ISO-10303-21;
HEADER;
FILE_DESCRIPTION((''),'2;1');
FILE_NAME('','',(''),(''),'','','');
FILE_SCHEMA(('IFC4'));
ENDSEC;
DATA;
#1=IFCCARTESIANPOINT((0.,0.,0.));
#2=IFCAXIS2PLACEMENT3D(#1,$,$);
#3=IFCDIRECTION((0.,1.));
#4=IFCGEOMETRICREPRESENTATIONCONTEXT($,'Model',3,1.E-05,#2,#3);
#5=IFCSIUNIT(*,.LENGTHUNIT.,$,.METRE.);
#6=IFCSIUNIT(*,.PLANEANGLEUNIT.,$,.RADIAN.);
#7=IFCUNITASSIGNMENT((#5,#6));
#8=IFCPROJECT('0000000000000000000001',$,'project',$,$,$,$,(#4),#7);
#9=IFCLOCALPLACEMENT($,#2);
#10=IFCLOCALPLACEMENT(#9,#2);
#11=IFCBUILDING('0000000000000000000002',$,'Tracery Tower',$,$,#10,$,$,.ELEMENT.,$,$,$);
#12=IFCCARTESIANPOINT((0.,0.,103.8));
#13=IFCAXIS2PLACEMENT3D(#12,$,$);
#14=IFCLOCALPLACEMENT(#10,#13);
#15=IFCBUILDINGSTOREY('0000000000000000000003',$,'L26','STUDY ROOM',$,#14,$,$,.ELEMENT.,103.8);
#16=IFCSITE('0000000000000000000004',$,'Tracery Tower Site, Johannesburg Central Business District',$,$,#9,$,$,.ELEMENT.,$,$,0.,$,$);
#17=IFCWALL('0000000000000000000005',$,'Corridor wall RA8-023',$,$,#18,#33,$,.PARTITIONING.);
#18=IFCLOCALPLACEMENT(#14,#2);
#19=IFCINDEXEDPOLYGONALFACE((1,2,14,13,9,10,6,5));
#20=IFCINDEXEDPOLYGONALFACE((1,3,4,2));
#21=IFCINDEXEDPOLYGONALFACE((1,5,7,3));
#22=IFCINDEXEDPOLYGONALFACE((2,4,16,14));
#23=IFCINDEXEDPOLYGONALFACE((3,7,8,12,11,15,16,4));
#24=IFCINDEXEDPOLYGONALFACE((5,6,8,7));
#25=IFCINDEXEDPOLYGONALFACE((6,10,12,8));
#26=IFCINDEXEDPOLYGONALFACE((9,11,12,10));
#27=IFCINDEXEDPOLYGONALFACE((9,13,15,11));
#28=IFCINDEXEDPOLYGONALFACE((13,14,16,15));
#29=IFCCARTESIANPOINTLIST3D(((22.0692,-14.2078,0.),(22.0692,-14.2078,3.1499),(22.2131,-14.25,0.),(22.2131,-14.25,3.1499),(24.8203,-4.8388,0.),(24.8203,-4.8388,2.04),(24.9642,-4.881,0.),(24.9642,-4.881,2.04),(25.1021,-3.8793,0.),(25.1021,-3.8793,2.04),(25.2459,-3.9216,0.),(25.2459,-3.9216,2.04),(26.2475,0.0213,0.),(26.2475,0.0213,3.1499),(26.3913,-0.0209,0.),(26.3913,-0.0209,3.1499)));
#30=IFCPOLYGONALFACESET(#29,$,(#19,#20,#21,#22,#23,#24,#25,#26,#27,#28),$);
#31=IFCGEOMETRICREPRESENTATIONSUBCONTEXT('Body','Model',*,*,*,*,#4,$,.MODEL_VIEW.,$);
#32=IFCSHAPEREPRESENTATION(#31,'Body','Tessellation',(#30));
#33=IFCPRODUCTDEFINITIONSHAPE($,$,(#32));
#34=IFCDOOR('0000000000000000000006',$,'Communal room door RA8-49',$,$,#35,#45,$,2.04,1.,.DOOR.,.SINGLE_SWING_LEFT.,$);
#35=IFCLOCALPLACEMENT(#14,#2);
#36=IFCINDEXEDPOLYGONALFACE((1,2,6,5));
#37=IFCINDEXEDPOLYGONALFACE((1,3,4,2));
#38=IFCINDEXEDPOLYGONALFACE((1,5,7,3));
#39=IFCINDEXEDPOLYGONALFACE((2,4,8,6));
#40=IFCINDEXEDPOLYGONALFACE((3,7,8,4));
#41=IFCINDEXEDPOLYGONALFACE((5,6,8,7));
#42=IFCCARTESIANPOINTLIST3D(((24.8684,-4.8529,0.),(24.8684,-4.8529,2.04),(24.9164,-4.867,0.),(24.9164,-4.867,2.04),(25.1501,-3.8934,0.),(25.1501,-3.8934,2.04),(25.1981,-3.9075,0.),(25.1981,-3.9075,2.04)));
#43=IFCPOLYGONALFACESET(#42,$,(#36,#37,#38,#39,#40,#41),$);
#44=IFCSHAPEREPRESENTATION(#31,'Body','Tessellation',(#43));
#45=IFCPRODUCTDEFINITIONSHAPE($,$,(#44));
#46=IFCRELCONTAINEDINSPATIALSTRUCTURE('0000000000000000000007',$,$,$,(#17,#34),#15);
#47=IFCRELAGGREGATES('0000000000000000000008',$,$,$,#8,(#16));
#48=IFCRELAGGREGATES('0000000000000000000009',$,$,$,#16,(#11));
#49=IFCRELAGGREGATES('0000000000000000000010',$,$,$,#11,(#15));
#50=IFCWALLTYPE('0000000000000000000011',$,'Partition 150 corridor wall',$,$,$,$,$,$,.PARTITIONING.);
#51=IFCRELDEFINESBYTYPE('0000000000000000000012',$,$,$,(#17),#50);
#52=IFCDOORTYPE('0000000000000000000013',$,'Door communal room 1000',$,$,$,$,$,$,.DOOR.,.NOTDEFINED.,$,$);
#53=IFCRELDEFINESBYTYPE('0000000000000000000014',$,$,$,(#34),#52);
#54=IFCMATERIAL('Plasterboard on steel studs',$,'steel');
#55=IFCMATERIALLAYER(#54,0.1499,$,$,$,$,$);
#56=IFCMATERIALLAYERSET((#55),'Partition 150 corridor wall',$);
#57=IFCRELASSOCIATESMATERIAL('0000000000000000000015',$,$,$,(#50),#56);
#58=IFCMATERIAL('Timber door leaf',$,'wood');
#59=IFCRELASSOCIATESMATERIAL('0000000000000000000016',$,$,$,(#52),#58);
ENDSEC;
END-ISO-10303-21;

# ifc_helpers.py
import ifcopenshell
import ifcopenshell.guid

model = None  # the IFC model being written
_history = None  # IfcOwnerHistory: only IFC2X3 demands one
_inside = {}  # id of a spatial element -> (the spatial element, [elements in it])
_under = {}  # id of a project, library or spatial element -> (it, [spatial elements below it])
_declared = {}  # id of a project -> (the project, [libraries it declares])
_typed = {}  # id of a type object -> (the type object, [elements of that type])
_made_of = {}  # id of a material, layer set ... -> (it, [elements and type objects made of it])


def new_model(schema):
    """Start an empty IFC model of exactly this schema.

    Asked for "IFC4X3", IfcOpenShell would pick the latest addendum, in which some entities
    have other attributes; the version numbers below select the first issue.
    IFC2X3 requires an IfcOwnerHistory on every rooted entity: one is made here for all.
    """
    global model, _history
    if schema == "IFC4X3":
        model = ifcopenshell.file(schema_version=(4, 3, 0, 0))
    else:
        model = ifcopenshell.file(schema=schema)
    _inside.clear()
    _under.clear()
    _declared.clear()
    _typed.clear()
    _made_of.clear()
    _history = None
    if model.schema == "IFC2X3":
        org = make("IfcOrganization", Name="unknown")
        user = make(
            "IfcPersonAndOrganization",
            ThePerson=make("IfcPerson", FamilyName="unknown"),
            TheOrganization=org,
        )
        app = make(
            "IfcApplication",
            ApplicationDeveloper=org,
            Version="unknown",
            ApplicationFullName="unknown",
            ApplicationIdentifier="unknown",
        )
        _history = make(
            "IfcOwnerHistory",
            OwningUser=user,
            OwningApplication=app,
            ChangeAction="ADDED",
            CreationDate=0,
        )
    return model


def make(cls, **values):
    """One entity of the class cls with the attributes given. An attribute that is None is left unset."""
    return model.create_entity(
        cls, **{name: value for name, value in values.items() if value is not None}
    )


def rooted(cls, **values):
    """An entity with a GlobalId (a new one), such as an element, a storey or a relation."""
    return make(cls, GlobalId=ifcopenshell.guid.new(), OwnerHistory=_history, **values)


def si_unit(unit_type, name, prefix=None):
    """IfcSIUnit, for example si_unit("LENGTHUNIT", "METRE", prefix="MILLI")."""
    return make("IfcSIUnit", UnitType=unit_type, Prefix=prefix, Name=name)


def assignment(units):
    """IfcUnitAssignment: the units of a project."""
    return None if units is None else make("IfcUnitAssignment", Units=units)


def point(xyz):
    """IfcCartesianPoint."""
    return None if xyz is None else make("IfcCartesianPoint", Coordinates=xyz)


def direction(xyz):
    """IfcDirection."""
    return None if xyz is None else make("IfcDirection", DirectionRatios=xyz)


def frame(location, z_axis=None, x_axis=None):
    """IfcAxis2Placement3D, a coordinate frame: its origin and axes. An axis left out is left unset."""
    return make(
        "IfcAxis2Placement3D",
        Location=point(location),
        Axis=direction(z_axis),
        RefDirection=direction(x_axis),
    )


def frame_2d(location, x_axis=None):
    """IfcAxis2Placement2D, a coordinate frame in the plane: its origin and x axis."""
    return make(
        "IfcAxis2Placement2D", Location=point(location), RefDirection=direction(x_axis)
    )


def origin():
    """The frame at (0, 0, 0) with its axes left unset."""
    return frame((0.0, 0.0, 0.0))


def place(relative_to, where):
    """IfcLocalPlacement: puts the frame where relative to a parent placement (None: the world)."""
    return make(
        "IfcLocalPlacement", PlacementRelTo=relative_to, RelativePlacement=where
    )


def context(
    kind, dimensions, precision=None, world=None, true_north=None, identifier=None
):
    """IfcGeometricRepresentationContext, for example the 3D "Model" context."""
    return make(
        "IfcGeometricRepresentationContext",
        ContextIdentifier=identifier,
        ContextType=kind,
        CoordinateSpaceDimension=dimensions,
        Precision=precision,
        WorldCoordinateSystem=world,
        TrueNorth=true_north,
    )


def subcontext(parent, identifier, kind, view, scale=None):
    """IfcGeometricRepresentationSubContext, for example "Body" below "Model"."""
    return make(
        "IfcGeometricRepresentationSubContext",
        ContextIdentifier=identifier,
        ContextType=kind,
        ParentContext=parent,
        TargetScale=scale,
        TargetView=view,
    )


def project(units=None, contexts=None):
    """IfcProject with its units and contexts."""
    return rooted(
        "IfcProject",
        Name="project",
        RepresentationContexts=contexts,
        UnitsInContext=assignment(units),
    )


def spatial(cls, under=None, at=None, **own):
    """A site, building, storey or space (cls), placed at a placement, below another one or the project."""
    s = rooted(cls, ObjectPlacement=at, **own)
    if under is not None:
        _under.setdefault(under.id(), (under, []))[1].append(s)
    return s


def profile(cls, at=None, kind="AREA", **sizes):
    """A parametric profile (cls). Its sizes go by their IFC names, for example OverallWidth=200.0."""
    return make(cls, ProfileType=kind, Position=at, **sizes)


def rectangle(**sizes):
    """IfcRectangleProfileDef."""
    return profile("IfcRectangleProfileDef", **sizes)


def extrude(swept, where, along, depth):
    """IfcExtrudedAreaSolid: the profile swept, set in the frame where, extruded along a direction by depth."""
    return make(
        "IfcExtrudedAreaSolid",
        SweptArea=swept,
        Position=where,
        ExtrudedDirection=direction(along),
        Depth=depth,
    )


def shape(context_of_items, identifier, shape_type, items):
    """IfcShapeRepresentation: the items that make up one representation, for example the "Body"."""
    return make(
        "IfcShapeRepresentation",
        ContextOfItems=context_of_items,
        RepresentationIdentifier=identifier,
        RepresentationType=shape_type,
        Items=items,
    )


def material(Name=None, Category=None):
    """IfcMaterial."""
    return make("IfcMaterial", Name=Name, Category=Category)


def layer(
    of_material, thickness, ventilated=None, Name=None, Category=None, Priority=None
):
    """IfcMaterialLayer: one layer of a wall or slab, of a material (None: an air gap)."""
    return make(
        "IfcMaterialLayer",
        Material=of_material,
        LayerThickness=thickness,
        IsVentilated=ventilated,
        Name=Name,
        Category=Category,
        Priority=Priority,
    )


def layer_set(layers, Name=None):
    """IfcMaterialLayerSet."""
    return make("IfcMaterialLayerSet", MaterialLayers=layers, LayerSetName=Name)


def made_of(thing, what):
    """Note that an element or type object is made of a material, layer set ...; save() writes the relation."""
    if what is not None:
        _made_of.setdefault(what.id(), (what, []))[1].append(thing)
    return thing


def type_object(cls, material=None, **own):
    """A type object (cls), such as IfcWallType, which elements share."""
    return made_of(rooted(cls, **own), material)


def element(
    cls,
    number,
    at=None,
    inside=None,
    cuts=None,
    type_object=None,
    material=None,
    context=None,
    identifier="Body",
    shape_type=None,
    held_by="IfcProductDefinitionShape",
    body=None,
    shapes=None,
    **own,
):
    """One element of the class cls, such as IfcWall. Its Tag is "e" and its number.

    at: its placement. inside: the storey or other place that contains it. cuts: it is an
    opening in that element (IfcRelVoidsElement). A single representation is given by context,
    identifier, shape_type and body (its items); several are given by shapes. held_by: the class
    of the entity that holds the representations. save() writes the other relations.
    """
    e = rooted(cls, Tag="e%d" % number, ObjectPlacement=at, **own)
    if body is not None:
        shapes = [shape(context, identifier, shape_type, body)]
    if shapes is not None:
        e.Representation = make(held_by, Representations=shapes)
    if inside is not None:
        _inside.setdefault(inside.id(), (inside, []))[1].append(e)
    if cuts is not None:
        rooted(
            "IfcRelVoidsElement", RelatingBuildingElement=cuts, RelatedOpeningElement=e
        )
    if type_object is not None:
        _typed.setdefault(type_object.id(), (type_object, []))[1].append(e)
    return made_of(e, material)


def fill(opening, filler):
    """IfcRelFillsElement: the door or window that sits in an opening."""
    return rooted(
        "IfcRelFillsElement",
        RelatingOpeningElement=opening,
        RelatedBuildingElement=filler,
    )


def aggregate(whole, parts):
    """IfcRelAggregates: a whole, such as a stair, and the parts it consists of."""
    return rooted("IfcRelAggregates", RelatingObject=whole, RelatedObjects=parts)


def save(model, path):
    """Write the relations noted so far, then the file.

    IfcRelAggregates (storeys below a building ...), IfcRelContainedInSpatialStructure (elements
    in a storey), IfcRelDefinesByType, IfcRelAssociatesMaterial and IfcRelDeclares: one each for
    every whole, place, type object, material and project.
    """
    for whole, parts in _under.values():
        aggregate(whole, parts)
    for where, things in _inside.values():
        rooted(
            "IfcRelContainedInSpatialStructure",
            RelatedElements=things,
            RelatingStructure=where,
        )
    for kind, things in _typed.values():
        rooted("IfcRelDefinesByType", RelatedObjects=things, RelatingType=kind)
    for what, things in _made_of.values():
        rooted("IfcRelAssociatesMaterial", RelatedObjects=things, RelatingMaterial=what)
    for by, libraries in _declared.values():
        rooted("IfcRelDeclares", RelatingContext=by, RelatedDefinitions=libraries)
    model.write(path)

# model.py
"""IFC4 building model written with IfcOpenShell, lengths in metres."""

from ifc_helpers import new_model, si_unit, direction, frame, frame_2d, origin, place, context, subcontext, project, spatial, rectangle, extrude, material, layer, layer_set, type_object, element, fill, save


model = new_model("IFC4")

# Units and contexts
model_context = context("Model", 3, precision=1e-05, world=origin(), true_north=direction((0.0, 1.0)))
body_context = subcontext(model_context, "Body", "Model", "MODEL_VIEW")
ifc_project = project(units=[si_unit("LENGTHUNIT", "METRE"), si_unit("PLANEANGLEUNIT", "RADIAN")], contexts=[model_context])

# Site, building, storey
site_placement = place(None, origin())
site = spatial("IfcSite", under=ifc_project, at=site_placement, Name="Tracery Tower Site, Johannesburg Central Business District", CompositionType="ELEMENT", RefElevation=0.0)
building_placement = place(site_placement, origin())
building = spatial("IfcBuilding", under=site, at=building_placement, Name="Tracery Tower", CompositionType="ELEMENT")
storey_placement = place(building_placement, frame((0.0, 0.0, 103.8)))
storey = spatial("IfcBuildingStorey", under=building, at=storey_placement, Name="L26", Description="STUDY ROOM", CompositionType="ELEMENT", Elevation=103.8)

# Shared definitions
ifc_material_1 = material(Name="Plasterboard on steel studs", Category="steel")
ifc_layer_1 = layer(ifc_material_1, 0.1499)
ifc_layer_set_1 = layer_set([ifc_layer_1], Name="Partition 150 corridor wall")
wall_type_1 = type_object("IfcWallType", Name="Partition 150 corridor wall", PredefinedType="PARTITIONING", material=ifc_layer_set_1)

# Wall, opening, door
wall_1_placement = place(storey_placement, frame((22.1411, -14.229, 0.0), z_axis=(0.0, 0.0, 1.0), x_axis=(0.281746, 0.959489, 0.0)))
wall_1 = element("IfcWall", 1, at=wall_1_placement, inside=storey, type_object=wall_type_1, Name="Corridor wall RA8-023", PredefinedType="PARTITIONING", context=body_context, shape_type="SweptSolid", body=[
    extrude(rectangle(XDim=14.8298, YDim=0.1499, at=frame_2d((7.415, 0.0))), origin(), (0.0, 0.0, 1.0), 3.1499),
])
opening_1_placement = place(wall_1_placement, frame((9.7646, 0.0, 0.0)))
opening_1 = element("IfcOpeningElement", 2, at=opening_1_placement, cuts=wall_1, PredefinedType="OPENING", context=body_context, shape_type="SweptSolid", body=[
    extrude(rectangle(XDim=1.0, YDim=2.04, at=frame_2d((0.5, 1.02))), frame((0.0, 0.075, 0.0), z_axis=(0.0, -1.0, 0.0), x_axis=(1.0, 0.0, 0.0)), (0.0, 0.0, 1.0), 0.1499),
])
ifc_material_2 = material(Name="Timber door leaf", Category="wood")
door_type = type_object("IfcDoorType", Name="Door communal room 1000", OperationType="NOTDEFINED", PredefinedType="DOOR", material=ifc_material_2)
door_placement = place(opening_1_placement, origin())
door = element("IfcDoor", 3, at=door_placement, inside=storey, type_object=door_type, Name="Communal room door RA8-49", OperationType="SINGLE_SWING_LEFT", OverallHeight=2.04, OverallWidth=1.0, PredefinedType="DOOR", context=body_context, shape_type="SweptSolid", body=[
    extrude(rectangle(XDim=1.0, YDim=2.04, at=frame_2d((0.5, 1.02))), frame((0.0, 0.0249, 0.0), z_axis=(0.0, -1.0, 0.0), x_axis=(1.0, 0.0, 0.0)), (0.0, 0.0, 1.0), 0.05),
])
fill(opening_1, door)

save(model, "model.ifc")
